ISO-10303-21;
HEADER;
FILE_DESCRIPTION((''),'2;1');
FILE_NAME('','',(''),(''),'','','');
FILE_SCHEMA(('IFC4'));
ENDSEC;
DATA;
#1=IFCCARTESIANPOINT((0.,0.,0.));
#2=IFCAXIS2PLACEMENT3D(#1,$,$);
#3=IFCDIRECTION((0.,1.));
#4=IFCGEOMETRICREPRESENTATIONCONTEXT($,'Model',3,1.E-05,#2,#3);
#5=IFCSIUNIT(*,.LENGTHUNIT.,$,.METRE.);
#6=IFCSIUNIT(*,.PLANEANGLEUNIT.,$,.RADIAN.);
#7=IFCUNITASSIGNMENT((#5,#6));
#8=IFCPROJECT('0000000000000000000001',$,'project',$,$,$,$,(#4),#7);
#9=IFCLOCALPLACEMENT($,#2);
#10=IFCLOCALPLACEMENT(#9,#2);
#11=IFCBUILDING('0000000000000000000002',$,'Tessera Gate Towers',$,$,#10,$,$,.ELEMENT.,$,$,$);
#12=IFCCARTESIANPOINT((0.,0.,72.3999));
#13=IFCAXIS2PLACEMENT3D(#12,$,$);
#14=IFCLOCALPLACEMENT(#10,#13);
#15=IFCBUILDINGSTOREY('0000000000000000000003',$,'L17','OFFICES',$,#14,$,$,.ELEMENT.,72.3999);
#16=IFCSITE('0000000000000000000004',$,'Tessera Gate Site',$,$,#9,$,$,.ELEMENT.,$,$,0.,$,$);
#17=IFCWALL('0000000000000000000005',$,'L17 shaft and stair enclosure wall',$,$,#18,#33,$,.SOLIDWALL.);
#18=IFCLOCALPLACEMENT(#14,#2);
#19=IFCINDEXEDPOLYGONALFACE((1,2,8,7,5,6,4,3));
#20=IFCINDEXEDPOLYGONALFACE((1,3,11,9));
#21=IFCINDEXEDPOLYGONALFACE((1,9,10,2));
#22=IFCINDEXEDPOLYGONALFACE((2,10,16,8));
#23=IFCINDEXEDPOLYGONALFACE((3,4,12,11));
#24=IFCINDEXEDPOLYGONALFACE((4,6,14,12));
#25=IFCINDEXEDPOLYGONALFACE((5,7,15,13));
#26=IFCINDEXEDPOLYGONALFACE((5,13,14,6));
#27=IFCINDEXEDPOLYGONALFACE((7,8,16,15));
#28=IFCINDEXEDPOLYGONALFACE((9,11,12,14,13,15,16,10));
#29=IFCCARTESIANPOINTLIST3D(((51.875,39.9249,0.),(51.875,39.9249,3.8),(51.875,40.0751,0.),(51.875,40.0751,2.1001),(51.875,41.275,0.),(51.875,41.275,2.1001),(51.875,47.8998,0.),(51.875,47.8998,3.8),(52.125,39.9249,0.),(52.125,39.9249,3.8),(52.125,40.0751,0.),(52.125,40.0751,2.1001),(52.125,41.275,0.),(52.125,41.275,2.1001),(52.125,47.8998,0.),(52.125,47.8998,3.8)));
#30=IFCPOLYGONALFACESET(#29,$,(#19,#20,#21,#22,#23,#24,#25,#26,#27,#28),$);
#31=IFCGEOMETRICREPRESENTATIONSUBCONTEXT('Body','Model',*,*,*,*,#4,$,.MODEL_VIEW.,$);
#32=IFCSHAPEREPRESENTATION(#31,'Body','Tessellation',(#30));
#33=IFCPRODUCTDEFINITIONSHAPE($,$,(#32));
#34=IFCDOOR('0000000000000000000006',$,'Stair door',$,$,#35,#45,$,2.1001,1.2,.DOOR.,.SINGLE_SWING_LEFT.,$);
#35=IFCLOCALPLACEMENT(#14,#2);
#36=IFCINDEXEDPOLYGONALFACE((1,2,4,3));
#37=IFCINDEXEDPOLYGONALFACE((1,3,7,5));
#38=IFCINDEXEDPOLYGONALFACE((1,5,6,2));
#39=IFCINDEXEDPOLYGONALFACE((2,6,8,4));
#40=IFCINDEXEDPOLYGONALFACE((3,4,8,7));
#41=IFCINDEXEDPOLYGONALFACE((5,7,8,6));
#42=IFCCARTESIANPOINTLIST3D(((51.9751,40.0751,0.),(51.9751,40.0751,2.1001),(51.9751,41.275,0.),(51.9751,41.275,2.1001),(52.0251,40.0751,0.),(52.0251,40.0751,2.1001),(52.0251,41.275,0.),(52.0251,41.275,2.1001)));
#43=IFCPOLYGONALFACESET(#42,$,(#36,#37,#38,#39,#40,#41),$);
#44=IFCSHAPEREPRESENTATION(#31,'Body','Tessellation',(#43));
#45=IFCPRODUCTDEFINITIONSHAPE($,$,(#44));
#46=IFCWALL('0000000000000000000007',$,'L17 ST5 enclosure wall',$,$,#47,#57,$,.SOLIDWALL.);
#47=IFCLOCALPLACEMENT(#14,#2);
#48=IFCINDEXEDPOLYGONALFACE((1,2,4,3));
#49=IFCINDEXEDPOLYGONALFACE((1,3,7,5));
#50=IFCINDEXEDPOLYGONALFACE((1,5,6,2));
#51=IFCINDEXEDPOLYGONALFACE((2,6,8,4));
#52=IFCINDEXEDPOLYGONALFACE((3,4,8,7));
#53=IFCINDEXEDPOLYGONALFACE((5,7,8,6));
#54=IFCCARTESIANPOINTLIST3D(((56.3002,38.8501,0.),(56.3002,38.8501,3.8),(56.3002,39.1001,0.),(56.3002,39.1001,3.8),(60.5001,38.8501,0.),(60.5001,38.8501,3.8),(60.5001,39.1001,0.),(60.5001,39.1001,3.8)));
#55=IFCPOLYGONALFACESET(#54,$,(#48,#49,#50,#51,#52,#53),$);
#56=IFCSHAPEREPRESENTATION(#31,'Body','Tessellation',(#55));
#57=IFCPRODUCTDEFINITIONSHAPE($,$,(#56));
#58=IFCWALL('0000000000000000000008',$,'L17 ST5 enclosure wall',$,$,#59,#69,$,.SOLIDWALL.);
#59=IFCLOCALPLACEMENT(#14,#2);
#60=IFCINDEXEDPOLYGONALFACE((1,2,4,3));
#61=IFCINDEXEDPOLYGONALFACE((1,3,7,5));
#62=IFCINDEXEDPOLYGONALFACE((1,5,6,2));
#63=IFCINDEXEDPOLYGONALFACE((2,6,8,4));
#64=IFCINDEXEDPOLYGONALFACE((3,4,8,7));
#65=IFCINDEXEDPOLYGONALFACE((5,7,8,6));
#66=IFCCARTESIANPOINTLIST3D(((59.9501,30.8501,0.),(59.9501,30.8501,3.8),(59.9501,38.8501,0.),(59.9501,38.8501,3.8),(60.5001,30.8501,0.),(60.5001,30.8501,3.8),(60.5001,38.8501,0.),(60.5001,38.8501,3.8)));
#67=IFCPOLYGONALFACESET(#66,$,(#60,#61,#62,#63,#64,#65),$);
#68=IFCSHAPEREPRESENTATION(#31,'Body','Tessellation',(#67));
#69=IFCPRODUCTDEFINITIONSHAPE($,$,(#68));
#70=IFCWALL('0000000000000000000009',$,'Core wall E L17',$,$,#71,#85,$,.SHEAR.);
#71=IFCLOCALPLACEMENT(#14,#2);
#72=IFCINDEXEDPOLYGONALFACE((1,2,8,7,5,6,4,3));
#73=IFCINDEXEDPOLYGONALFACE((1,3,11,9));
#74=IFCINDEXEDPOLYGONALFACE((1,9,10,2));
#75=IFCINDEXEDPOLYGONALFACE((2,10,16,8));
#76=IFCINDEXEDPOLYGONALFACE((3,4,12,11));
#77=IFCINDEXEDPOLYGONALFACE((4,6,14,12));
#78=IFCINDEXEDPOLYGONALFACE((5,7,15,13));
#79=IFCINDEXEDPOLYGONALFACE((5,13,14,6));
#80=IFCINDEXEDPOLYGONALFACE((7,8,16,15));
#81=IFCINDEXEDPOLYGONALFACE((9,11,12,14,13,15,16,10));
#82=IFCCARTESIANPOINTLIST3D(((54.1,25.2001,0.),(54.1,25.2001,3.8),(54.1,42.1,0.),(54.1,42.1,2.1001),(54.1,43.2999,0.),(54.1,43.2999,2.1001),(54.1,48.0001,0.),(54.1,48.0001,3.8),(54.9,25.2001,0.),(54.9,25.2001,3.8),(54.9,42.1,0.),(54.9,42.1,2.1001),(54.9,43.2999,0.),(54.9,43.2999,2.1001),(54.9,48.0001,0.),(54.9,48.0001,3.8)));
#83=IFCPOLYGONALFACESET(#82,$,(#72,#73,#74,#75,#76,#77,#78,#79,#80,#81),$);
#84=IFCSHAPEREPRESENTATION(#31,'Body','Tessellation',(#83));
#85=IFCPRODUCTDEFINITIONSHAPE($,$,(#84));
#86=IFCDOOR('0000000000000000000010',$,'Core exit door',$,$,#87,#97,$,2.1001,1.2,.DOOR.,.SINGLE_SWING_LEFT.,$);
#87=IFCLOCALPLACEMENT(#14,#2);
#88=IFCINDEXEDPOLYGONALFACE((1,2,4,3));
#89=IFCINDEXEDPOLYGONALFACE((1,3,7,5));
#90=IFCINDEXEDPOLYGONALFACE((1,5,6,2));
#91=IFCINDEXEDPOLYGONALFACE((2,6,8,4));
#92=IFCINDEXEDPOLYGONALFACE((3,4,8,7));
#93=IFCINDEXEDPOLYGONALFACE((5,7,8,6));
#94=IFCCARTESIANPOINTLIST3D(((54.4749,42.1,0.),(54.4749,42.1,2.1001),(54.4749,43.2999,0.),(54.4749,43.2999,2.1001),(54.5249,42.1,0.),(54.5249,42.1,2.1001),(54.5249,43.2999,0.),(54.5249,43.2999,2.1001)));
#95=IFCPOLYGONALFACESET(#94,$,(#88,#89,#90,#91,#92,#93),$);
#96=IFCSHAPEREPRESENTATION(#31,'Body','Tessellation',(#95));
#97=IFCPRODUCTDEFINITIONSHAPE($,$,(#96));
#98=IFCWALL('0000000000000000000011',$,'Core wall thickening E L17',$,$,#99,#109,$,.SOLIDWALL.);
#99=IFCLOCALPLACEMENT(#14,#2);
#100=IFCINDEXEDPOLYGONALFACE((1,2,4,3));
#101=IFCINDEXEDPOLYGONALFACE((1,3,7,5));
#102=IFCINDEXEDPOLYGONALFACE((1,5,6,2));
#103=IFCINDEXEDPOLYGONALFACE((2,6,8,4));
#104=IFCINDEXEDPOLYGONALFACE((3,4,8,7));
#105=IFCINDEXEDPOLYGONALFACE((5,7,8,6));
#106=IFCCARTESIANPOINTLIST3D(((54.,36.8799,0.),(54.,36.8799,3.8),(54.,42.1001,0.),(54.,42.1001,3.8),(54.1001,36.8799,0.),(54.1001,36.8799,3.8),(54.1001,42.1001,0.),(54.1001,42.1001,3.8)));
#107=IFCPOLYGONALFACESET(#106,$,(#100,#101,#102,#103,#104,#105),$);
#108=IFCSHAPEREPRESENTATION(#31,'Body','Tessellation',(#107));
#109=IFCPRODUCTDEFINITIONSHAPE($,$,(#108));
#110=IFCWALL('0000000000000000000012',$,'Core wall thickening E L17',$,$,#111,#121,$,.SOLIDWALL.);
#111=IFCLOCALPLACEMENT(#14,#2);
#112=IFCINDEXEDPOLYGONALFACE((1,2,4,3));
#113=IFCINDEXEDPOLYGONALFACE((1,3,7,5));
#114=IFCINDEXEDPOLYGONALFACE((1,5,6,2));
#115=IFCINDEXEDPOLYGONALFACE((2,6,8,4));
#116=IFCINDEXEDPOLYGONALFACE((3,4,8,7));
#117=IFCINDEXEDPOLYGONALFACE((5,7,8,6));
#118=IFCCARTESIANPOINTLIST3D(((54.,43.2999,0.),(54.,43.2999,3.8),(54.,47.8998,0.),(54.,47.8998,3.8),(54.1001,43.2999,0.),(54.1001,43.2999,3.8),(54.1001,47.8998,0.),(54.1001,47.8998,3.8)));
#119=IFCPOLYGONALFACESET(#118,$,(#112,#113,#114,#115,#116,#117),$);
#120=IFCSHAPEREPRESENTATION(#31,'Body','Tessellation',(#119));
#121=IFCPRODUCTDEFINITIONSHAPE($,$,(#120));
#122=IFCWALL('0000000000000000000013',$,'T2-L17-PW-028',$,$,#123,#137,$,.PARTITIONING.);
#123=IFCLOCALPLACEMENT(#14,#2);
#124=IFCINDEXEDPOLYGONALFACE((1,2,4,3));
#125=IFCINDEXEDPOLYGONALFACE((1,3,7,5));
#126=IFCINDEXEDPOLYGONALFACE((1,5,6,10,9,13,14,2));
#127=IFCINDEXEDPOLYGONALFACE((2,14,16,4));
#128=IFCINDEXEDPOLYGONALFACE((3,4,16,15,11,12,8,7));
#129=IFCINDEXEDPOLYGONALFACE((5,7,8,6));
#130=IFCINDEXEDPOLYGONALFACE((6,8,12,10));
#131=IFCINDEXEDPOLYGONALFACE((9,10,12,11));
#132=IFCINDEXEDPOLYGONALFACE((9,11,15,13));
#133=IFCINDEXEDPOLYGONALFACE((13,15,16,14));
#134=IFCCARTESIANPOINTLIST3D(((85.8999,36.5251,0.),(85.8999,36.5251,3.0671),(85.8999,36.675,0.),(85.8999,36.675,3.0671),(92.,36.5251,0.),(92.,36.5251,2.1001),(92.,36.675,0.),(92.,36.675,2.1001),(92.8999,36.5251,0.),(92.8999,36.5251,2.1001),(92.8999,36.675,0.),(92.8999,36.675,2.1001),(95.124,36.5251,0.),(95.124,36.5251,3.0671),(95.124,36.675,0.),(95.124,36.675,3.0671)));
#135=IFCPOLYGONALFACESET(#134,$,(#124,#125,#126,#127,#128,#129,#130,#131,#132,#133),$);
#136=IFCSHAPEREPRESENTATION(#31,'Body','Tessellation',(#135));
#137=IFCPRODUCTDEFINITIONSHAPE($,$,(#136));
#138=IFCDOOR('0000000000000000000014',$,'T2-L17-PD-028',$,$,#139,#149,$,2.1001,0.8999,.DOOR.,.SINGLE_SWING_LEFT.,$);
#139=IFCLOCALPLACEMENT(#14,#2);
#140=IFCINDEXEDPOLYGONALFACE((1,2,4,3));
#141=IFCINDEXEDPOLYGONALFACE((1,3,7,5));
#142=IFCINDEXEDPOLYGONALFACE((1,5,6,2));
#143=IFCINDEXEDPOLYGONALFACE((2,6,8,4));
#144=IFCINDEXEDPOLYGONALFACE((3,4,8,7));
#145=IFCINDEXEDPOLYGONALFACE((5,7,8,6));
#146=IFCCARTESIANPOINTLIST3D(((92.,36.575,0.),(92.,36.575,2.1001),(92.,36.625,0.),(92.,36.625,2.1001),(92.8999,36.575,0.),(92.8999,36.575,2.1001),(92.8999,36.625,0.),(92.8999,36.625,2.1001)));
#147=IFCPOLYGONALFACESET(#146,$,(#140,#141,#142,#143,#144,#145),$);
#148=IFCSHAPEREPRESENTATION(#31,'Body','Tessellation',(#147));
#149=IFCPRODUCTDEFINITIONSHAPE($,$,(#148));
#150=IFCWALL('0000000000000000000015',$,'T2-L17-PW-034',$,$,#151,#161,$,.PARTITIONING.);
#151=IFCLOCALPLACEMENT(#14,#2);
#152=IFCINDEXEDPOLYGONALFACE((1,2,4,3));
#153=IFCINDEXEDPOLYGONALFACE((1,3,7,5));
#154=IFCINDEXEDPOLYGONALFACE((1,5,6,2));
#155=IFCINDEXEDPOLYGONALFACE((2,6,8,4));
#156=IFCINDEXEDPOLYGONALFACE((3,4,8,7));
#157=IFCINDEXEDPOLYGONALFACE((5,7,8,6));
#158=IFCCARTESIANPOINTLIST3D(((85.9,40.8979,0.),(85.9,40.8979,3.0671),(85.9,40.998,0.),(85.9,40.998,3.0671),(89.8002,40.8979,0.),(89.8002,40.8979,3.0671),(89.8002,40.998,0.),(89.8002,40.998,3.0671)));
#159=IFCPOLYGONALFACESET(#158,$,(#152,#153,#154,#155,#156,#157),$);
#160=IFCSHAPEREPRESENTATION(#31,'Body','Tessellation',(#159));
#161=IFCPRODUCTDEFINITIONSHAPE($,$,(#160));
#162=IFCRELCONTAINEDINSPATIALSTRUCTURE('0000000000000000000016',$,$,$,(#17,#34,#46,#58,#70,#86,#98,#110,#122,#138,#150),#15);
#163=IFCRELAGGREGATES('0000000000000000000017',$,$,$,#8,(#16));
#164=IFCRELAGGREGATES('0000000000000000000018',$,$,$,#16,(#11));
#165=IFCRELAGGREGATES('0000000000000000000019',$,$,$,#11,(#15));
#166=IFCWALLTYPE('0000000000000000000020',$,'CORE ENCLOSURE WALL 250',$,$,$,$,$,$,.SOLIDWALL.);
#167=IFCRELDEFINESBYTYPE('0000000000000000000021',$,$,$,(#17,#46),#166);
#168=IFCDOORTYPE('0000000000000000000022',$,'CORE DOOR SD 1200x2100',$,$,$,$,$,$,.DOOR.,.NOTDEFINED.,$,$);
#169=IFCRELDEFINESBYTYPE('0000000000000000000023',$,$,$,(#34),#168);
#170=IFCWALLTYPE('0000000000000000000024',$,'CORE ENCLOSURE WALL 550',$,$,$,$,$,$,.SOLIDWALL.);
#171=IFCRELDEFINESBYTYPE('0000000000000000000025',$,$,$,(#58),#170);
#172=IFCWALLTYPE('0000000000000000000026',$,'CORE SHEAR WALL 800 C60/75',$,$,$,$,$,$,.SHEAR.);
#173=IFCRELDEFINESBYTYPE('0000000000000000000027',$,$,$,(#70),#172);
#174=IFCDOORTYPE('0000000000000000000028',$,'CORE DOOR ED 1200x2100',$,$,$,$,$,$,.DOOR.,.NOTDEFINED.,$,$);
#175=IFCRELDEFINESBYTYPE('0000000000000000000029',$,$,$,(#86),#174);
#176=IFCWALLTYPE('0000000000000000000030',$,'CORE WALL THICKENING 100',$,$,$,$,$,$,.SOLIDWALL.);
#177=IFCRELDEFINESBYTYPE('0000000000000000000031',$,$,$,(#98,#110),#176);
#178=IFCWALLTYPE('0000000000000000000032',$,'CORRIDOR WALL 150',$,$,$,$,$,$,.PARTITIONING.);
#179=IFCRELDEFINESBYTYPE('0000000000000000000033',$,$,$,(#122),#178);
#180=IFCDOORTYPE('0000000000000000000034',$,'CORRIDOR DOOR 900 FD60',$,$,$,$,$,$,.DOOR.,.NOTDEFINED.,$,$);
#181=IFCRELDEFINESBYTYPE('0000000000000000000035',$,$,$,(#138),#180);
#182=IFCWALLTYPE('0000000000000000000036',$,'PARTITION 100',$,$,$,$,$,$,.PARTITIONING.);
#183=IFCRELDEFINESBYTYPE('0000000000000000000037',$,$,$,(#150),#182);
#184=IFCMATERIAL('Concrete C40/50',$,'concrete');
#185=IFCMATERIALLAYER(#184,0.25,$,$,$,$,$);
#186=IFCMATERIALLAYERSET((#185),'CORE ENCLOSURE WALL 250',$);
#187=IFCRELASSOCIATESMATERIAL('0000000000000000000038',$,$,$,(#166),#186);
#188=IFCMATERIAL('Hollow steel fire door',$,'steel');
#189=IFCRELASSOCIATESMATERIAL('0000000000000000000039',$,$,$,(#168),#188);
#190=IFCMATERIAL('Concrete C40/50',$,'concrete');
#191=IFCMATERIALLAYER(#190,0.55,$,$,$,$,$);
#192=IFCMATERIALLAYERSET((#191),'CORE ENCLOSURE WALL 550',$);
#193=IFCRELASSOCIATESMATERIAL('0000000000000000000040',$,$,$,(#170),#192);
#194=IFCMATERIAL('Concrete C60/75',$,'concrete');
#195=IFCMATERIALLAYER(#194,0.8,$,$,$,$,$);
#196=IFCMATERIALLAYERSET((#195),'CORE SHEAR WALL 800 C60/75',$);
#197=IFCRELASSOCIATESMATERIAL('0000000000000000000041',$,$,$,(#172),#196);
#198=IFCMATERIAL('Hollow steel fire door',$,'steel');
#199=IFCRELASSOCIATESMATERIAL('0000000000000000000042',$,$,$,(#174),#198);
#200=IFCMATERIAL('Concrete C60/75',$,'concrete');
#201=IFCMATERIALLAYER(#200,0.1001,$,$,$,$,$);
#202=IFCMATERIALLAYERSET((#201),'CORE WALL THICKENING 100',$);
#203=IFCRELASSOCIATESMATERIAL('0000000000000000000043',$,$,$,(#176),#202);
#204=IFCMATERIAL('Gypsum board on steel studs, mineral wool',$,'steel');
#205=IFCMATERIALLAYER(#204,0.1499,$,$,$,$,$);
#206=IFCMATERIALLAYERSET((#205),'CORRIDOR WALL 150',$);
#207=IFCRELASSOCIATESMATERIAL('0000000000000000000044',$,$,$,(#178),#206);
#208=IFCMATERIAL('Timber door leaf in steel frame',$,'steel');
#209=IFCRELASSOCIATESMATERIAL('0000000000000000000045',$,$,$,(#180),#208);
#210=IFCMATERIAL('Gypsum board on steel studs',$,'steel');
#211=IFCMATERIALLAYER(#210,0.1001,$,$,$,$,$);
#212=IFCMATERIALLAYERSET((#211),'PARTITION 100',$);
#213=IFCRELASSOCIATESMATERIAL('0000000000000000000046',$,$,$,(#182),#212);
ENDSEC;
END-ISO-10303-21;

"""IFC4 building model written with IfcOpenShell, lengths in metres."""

from ifc_helpers import new_model, si_unit, direction, frame, frame_2d, origin, place, context, subcontext, project, spatial, rectangle, extrude, source, transform, mapped, material, layer, layer_set, type_object, element, fill, save


model = new_model("IFC4")

# Units and contexts
model_context = context("Model", 3, precision=1e-05, world=origin(), true_north=direction((0.0, 1.0)))
body_context = subcontext(model_context, "Body", "Model", "MODEL_VIEW")
ifc_project = project(units=[si_unit("LENGTHUNIT", "METRE"), si_unit("PLANEANGLEUNIT", "RADIAN")], contexts=[model_context])

# Site, building, storey
site_placement = place(None, origin())
site = spatial("IfcSite", under=ifc_project, at=site_placement, Name="Tessera Gate Site", CompositionType="ELEMENT", RefElevation=0.0)
building_placement = place(site_placement, origin())
building = spatial("IfcBuilding", under=site, at=building_placement, Name="Tessera Gate Towers", CompositionType="ELEMENT")
storey_placement = place(building_placement, frame((0.0, 0.0, 72.3999)))
storey = spatial("IfcBuildingStorey", under=building, at=storey_placement, Name="L17", Description="OFFICES", CompositionType="ELEMENT", Elevation=72.3999)

# Wall, opening, door
ifc_material_1 = material(Name="Concrete C40/50", Category="concrete")
ifc_layer_1 = layer(ifc_material_1, 0.25)
ifc_layer_set_1 = layer_set([ifc_layer_1], Name="CORE ENCLOSURE WALL 250")
wall_type_1 = type_object("IfcWallType", Name="CORE ENCLOSURE WALL 250", PredefinedType="SOLIDWALL", material=ifc_layer_set_1)
wall_1_placement = place(storey_placement, frame((52.0, 39.925, 0.0), z_axis=(0.0, 0.0, 1.0), x_axis=(0.0, 1.0, 0.0)))
wall_1 = element("IfcWall", 1, at=wall_1_placement, inside=storey, type_object=wall_type_1, Name="L17 shaft and stair enclosure wall", PredefinedType="SOLIDWALL", context=body_context, shape_type="SweptSolid", body=[
    extrude(rectangle(XDim=7.9749, YDim=0.25, at=frame_2d((3.9873, 0.0))), origin(), (0.0, 0.0, 1.0), 3.8),
])
shared_shape_1 = source(origin(), body_context, "Body", "SweptSolid", [
    extrude(rectangle(XDim=1.2, YDim=2.1001, at=frame_2d((0.6001, 1.05))), frame((0.0, 0.135, 0.0), z_axis=(0.0, -1.0, 0.0), x_axis=(1.0, 0.0, 0.0)), (0.0, 0.0, 1.0), 0.27),
])
opening_1_placement = place(wall_1_placement, frame((0.1499, 0.0, 0.0)))
opening_1 = element("IfcOpeningElement", 2, at=opening_1_placement, cuts=wall_1, PredefinedType="OPENING", context=body_context, shape_type="MappedRepresentation", body=[
    mapped(shared_shape_1, transform((0.0, 0.0, 0.0), scale=1.0)),
])
ifc_material_2 = material(Name="Hollow steel fire door", Category="steel")
door_type_1 = type_object("IfcDoorType", Name="CORE DOOR SD 1200x2100", OperationType="NOTDEFINED", PredefinedType="DOOR", material=ifc_material_2)
shared_shape_2 = source(origin(), body_context, "Body", "SweptSolid", [
    extrude(rectangle(XDim=1.2, YDim=2.1001, at=frame_2d((0.6001, 1.05))), frame((0.0, 0.0249, 0.0), z_axis=(0.0, -1.0, 0.0), x_axis=(1.0, 0.0, 0.0)), (0.0, 0.0, 1.0), 0.05),
])
door_1_placement = place(opening_1_placement, origin())
door_1 = element("IfcDoor", 3, at=door_1_placement, inside=storey, type_object=door_type_1, Name="Stair door", OperationType="SINGLE_SWING_LEFT", OverallHeight=2.1001, OverallWidth=1.2, PredefinedType="DOOR", context=body_context, shape_type="MappedRepresentation", body=[
    mapped(shared_shape_2, transform((0.0, 0.0, 0.0), scale=1.0)),
])
fill(opening_1, door_1)

# Walls
wall_2_placement = place(storey_placement, frame((56.3, 38.9751, 0.0), z_axis=(0.0, 0.0, 1.0), x_axis=(1.0, 0.0, 0.0)))
element("IfcWall", 4, at=wall_2_placement, inside=storey, type_object=wall_type_1, Name="L17 ST5 enclosure wall", PredefinedType="SOLIDWALL", context=body_context, shape_type="SweptSolid", body=[
    extrude(rectangle(XDim=4.2, YDim=0.25, at=frame_2d((2.1001, 0.0))), origin(), (0.0, 0.0, 1.0), 3.8),
])
ifc_material_3 = material(Name="Concrete C40/50", Category="concrete")
ifc_layer_2 = layer(ifc_material_3, 0.55)
ifc_layer_set_2 = layer_set([ifc_layer_2], Name="CORE ENCLOSURE WALL 550")
wall_type_2 = type_object("IfcWallType", Name="CORE ENCLOSURE WALL 550", PredefinedType="SOLIDWALL", material=ifc_layer_set_2)
wall_3_placement = place(storey_placement, frame((60.2251, 38.8501, 0.0), z_axis=(0.0, 0.0, 1.0), x_axis=(0.0, -1.0, 0.0)))
element("IfcWall", 5, at=wall_3_placement, inside=storey, type_object=wall_type_2, Name="L17 ST5 enclosure wall", PredefinedType="SOLIDWALL", context=body_context, shape_type="SweptSolid", body=[
    extrude(rectangle(XDim=8.0, YDim=0.55, at=frame_2d((4.0, 0.0))), origin(), (0.0, 0.0, 1.0), 3.8),
])

# Wall, opening, door
ifc_material_4 = material(Name="Concrete C60/75", Category="concrete")
ifc_layer_3 = layer(ifc_material_4, 0.8)
ifc_layer_set_3 = layer_set([ifc_layer_3], Name="CORE SHEAR WALL 800 C60/75")
wall_type_3 = type_object("IfcWallType", Name="CORE SHEAR WALL 800 C60/75", PredefinedType="SHEAR", material=ifc_layer_set_3)
wall_4_placement = place(storey_placement, frame((54.5, 48.0, 0.0), z_axis=(0.0, 0.0, 1.0), x_axis=(0.0, -1.0, 0.0)))
wall_4 = element("IfcWall", 6, at=wall_4_placement, inside=storey, type_object=wall_type_3, Name="Core wall E L17", PredefinedType="SHEAR", context=body_context, shape_type="SweptSolid", body=[
    extrude(rectangle(XDim=22.8, YDim=0.8, at=frame_2d((11.3999, 0.0))), origin(), (0.0, 0.0, 1.0), 3.8),
])
shared_shape_3 = source(origin(), body_context, "Body", "SweptSolid", [
    extrude(rectangle(XDim=1.2, YDim=2.1001, at=frame_2d((0.6001, 1.05))), frame((0.0, 0.4099, 0.0), z_axis=(0.0, -1.0, 0.0), x_axis=(1.0, 0.0, 0.0)), (0.0, 0.0, 1.0), 0.8201),
])
opening_2_placement = place(wall_4_placement, frame((4.7, 0.0, 0.0)))
opening_2 = element("IfcOpeningElement", 7, at=opening_2_placement, cuts=wall_4, PredefinedType="OPENING", context=body_context, shape_type="MappedRepresentation", body=[
    mapped(shared_shape_3, transform((0.0, 0.0, 0.0), scale=1.0)),
])
ifc_material_5 = material(Name="Hollow steel fire door", Category="steel")
door_type_2 = type_object("IfcDoorType", Name="CORE DOOR ED 1200x2100", OperationType="NOTDEFINED", PredefinedType="DOOR", material=ifc_material_5)
door_2_placement = place(opening_2_placement, origin())
door_2 = element("IfcDoor", 8, at=door_2_placement, inside=storey, type_object=door_type_2, Name="Core exit door", OperationType="SINGLE_SWING_LEFT", OverallHeight=2.1001, OverallWidth=1.2, PredefinedType="DOOR", context=body_context, shape_type="MappedRepresentation", body=[
    mapped(shared_shape_2, transform((0.0, 0.0, 0.0), scale=1.0)),
])
fill(opening_2, door_2)

# Walls
ifc_material_6 = material(Name="Concrete C60/75", Category="concrete")
ifc_layer_4 = layer(ifc_material_6, 0.1001)
ifc_layer_set_4 = layer_set([ifc_layer_4], Name="CORE WALL THICKENING 100")
wall_type_4 = type_object("IfcWallType", Name="CORE WALL THICKENING 100", PredefinedType="SOLIDWALL", material=ifc_layer_set_4)
wall_5_placement = place(storey_placement, frame((54.05, 36.8799, 0.0), z_axis=(0.0, 0.0, 1.0), x_axis=(0.0, 1.0, 0.0)))
element("IfcWall", 9, at=wall_5_placement, inside=storey, type_object=wall_type_4, Name="Core wall thickening E L17", PredefinedType="SOLIDWALL", context=body_context, shape_type="SweptSolid", body=[
    extrude(rectangle(XDim=5.2202, YDim=0.1001, at=frame_2d((2.6101, 0.0))), origin(), (0.0, 0.0, 1.0), 3.8),
])
wall_6_placement = place(storey_placement, frame((54.05, 43.3, 0.0), z_axis=(0.0, 0.0, 1.0), x_axis=(0.0, 1.0, 0.0)))
element("IfcWall", 10, at=wall_6_placement, inside=storey, type_object=wall_type_4, Name="Core wall thickening E L17", PredefinedType="SOLIDWALL", context=body_context, shape_type="SweptSolid", body=[
    extrude(rectangle(XDim=4.5999, YDim=0.1001, at=frame_2d((2.2998, 0.0))), origin(), (0.0, 0.0, 1.0), 3.8),
])

# Wall, opening, door
ifc_material_7 = material(Name="Gypsum board on steel studs, mineral wool", Category="steel")
ifc_layer_5 = layer(ifc_material_7, 0.1499)
ifc_layer_set_5 = layer_set([ifc_layer_5], Name="CORRIDOR WALL 150")
wall_type_5 = type_object("IfcWallType", Name="CORRIDOR WALL 150", PredefinedType="PARTITIONING", material=ifc_layer_set_5)
wall_7_placement = place(storey_placement, frame((85.8999, 36.6001, 0.0), z_axis=(0.0, 0.0, 1.0), x_axis=(1.0, 0.0, 0.0)))
wall_7 = element("IfcWall", 11, at=wall_7_placement, inside=storey, type_object=wall_type_5, Name="T2-L17-PW-028", PredefinedType="PARTITIONING", context=body_context, shape_type="SweptSolid", body=[
    extrude(rectangle(XDim=9.2241, YDim=0.1499, at=frame_2d((4.6121, 0.0))), origin(), (0.0, 0.0, 1.0), 3.0671),
])
shared_shape_4 = source(origin(), body_context, "Body", "SweptSolid", [
    extrude(rectangle(XDim=0.8999, YDim=2.1001, at=frame_2d((0.45, 1.05))), frame((0.0, 0.085, 0.0), z_axis=(0.0, -1.0, 0.0), x_axis=(1.0, 0.0, 0.0)), (0.0, 0.0, 1.0), 0.1699),
])
opening_3_placement = place(wall_7_placement, frame((6.1001, 0.0, 0.0)))
opening_3 = element("IfcOpeningElement", 12, at=opening_3_placement, cuts=wall_7, PredefinedType="OPENING", context=body_context, shape_type="MappedRepresentation", body=[
    mapped(shared_shape_4, transform((0.0, 0.0, 0.0), scale=1.0)),
])
ifc_material_8 = material(Name="Timber door leaf in steel frame", Category="steel")
door_type_3 = type_object("IfcDoorType", Name="CORRIDOR DOOR 900 FD60", OperationType="NOTDEFINED", PredefinedType="DOOR", material=ifc_material_8)
shared_shape_5 = source(origin(), body_context, "Body", "SweptSolid", [
    extrude(rectangle(XDim=0.8999, YDim=2.1001, at=frame_2d((0.45, 1.05))), frame((0.0, 0.0249, 0.0), z_axis=(0.0, -1.0, 0.0), x_axis=(1.0, 0.0, 0.0)), (0.0, 0.0, 1.0), 0.05),
])
door_3_placement = place(opening_3_placement, origin())
door_3 = element("IfcDoor", 13, at=door_3_placement, inside=storey, type_object=door_type_3, Name="T2-L17-PD-028", OperationType="SINGLE_SWING_LEFT", OverallHeight=2.1001, OverallWidth=0.8999, PredefinedType="DOOR", context=body_context, shape_type="MappedRepresentation", body=[
    mapped(shared_shape_5, transform((0.0, 0.0, 0.0), scale=1.0)),
])
fill(opening_3, door_3)

# Wall
ifc_material_9 = material(Name="Gypsum board on steel studs", Category="steel")
ifc_layer_6 = layer(ifc_material_9, 0.1001)
ifc_layer_set_6 = layer_set([ifc_layer_6], Name="PARTITION 100")
wall_type_6 = type_object("IfcWallType", Name="PARTITION 100", PredefinedType="PARTITIONING", material=ifc_layer_set_6)
wall_8_placement = place(storey_placement, frame((85.8999, 40.948, 0.0), z_axis=(0.0, 0.0, 1.0), x_axis=(1.0, 0.0, 0.0)))
element("IfcWall", 14, at=wall_8_placement, inside=storey, type_object=wall_type_6, Name="T2-L17-PW-034", PredefinedType="PARTITIONING", context=body_context, shape_type="SweptSolid", body=[
    extrude(rectangle(XDim=3.9001, YDim=0.1001, at=frame_2d((1.9502, 0.0))), origin(), (0.0, 0.0, 1.0), 3.0671),
])

save(model, "model.ifc")
